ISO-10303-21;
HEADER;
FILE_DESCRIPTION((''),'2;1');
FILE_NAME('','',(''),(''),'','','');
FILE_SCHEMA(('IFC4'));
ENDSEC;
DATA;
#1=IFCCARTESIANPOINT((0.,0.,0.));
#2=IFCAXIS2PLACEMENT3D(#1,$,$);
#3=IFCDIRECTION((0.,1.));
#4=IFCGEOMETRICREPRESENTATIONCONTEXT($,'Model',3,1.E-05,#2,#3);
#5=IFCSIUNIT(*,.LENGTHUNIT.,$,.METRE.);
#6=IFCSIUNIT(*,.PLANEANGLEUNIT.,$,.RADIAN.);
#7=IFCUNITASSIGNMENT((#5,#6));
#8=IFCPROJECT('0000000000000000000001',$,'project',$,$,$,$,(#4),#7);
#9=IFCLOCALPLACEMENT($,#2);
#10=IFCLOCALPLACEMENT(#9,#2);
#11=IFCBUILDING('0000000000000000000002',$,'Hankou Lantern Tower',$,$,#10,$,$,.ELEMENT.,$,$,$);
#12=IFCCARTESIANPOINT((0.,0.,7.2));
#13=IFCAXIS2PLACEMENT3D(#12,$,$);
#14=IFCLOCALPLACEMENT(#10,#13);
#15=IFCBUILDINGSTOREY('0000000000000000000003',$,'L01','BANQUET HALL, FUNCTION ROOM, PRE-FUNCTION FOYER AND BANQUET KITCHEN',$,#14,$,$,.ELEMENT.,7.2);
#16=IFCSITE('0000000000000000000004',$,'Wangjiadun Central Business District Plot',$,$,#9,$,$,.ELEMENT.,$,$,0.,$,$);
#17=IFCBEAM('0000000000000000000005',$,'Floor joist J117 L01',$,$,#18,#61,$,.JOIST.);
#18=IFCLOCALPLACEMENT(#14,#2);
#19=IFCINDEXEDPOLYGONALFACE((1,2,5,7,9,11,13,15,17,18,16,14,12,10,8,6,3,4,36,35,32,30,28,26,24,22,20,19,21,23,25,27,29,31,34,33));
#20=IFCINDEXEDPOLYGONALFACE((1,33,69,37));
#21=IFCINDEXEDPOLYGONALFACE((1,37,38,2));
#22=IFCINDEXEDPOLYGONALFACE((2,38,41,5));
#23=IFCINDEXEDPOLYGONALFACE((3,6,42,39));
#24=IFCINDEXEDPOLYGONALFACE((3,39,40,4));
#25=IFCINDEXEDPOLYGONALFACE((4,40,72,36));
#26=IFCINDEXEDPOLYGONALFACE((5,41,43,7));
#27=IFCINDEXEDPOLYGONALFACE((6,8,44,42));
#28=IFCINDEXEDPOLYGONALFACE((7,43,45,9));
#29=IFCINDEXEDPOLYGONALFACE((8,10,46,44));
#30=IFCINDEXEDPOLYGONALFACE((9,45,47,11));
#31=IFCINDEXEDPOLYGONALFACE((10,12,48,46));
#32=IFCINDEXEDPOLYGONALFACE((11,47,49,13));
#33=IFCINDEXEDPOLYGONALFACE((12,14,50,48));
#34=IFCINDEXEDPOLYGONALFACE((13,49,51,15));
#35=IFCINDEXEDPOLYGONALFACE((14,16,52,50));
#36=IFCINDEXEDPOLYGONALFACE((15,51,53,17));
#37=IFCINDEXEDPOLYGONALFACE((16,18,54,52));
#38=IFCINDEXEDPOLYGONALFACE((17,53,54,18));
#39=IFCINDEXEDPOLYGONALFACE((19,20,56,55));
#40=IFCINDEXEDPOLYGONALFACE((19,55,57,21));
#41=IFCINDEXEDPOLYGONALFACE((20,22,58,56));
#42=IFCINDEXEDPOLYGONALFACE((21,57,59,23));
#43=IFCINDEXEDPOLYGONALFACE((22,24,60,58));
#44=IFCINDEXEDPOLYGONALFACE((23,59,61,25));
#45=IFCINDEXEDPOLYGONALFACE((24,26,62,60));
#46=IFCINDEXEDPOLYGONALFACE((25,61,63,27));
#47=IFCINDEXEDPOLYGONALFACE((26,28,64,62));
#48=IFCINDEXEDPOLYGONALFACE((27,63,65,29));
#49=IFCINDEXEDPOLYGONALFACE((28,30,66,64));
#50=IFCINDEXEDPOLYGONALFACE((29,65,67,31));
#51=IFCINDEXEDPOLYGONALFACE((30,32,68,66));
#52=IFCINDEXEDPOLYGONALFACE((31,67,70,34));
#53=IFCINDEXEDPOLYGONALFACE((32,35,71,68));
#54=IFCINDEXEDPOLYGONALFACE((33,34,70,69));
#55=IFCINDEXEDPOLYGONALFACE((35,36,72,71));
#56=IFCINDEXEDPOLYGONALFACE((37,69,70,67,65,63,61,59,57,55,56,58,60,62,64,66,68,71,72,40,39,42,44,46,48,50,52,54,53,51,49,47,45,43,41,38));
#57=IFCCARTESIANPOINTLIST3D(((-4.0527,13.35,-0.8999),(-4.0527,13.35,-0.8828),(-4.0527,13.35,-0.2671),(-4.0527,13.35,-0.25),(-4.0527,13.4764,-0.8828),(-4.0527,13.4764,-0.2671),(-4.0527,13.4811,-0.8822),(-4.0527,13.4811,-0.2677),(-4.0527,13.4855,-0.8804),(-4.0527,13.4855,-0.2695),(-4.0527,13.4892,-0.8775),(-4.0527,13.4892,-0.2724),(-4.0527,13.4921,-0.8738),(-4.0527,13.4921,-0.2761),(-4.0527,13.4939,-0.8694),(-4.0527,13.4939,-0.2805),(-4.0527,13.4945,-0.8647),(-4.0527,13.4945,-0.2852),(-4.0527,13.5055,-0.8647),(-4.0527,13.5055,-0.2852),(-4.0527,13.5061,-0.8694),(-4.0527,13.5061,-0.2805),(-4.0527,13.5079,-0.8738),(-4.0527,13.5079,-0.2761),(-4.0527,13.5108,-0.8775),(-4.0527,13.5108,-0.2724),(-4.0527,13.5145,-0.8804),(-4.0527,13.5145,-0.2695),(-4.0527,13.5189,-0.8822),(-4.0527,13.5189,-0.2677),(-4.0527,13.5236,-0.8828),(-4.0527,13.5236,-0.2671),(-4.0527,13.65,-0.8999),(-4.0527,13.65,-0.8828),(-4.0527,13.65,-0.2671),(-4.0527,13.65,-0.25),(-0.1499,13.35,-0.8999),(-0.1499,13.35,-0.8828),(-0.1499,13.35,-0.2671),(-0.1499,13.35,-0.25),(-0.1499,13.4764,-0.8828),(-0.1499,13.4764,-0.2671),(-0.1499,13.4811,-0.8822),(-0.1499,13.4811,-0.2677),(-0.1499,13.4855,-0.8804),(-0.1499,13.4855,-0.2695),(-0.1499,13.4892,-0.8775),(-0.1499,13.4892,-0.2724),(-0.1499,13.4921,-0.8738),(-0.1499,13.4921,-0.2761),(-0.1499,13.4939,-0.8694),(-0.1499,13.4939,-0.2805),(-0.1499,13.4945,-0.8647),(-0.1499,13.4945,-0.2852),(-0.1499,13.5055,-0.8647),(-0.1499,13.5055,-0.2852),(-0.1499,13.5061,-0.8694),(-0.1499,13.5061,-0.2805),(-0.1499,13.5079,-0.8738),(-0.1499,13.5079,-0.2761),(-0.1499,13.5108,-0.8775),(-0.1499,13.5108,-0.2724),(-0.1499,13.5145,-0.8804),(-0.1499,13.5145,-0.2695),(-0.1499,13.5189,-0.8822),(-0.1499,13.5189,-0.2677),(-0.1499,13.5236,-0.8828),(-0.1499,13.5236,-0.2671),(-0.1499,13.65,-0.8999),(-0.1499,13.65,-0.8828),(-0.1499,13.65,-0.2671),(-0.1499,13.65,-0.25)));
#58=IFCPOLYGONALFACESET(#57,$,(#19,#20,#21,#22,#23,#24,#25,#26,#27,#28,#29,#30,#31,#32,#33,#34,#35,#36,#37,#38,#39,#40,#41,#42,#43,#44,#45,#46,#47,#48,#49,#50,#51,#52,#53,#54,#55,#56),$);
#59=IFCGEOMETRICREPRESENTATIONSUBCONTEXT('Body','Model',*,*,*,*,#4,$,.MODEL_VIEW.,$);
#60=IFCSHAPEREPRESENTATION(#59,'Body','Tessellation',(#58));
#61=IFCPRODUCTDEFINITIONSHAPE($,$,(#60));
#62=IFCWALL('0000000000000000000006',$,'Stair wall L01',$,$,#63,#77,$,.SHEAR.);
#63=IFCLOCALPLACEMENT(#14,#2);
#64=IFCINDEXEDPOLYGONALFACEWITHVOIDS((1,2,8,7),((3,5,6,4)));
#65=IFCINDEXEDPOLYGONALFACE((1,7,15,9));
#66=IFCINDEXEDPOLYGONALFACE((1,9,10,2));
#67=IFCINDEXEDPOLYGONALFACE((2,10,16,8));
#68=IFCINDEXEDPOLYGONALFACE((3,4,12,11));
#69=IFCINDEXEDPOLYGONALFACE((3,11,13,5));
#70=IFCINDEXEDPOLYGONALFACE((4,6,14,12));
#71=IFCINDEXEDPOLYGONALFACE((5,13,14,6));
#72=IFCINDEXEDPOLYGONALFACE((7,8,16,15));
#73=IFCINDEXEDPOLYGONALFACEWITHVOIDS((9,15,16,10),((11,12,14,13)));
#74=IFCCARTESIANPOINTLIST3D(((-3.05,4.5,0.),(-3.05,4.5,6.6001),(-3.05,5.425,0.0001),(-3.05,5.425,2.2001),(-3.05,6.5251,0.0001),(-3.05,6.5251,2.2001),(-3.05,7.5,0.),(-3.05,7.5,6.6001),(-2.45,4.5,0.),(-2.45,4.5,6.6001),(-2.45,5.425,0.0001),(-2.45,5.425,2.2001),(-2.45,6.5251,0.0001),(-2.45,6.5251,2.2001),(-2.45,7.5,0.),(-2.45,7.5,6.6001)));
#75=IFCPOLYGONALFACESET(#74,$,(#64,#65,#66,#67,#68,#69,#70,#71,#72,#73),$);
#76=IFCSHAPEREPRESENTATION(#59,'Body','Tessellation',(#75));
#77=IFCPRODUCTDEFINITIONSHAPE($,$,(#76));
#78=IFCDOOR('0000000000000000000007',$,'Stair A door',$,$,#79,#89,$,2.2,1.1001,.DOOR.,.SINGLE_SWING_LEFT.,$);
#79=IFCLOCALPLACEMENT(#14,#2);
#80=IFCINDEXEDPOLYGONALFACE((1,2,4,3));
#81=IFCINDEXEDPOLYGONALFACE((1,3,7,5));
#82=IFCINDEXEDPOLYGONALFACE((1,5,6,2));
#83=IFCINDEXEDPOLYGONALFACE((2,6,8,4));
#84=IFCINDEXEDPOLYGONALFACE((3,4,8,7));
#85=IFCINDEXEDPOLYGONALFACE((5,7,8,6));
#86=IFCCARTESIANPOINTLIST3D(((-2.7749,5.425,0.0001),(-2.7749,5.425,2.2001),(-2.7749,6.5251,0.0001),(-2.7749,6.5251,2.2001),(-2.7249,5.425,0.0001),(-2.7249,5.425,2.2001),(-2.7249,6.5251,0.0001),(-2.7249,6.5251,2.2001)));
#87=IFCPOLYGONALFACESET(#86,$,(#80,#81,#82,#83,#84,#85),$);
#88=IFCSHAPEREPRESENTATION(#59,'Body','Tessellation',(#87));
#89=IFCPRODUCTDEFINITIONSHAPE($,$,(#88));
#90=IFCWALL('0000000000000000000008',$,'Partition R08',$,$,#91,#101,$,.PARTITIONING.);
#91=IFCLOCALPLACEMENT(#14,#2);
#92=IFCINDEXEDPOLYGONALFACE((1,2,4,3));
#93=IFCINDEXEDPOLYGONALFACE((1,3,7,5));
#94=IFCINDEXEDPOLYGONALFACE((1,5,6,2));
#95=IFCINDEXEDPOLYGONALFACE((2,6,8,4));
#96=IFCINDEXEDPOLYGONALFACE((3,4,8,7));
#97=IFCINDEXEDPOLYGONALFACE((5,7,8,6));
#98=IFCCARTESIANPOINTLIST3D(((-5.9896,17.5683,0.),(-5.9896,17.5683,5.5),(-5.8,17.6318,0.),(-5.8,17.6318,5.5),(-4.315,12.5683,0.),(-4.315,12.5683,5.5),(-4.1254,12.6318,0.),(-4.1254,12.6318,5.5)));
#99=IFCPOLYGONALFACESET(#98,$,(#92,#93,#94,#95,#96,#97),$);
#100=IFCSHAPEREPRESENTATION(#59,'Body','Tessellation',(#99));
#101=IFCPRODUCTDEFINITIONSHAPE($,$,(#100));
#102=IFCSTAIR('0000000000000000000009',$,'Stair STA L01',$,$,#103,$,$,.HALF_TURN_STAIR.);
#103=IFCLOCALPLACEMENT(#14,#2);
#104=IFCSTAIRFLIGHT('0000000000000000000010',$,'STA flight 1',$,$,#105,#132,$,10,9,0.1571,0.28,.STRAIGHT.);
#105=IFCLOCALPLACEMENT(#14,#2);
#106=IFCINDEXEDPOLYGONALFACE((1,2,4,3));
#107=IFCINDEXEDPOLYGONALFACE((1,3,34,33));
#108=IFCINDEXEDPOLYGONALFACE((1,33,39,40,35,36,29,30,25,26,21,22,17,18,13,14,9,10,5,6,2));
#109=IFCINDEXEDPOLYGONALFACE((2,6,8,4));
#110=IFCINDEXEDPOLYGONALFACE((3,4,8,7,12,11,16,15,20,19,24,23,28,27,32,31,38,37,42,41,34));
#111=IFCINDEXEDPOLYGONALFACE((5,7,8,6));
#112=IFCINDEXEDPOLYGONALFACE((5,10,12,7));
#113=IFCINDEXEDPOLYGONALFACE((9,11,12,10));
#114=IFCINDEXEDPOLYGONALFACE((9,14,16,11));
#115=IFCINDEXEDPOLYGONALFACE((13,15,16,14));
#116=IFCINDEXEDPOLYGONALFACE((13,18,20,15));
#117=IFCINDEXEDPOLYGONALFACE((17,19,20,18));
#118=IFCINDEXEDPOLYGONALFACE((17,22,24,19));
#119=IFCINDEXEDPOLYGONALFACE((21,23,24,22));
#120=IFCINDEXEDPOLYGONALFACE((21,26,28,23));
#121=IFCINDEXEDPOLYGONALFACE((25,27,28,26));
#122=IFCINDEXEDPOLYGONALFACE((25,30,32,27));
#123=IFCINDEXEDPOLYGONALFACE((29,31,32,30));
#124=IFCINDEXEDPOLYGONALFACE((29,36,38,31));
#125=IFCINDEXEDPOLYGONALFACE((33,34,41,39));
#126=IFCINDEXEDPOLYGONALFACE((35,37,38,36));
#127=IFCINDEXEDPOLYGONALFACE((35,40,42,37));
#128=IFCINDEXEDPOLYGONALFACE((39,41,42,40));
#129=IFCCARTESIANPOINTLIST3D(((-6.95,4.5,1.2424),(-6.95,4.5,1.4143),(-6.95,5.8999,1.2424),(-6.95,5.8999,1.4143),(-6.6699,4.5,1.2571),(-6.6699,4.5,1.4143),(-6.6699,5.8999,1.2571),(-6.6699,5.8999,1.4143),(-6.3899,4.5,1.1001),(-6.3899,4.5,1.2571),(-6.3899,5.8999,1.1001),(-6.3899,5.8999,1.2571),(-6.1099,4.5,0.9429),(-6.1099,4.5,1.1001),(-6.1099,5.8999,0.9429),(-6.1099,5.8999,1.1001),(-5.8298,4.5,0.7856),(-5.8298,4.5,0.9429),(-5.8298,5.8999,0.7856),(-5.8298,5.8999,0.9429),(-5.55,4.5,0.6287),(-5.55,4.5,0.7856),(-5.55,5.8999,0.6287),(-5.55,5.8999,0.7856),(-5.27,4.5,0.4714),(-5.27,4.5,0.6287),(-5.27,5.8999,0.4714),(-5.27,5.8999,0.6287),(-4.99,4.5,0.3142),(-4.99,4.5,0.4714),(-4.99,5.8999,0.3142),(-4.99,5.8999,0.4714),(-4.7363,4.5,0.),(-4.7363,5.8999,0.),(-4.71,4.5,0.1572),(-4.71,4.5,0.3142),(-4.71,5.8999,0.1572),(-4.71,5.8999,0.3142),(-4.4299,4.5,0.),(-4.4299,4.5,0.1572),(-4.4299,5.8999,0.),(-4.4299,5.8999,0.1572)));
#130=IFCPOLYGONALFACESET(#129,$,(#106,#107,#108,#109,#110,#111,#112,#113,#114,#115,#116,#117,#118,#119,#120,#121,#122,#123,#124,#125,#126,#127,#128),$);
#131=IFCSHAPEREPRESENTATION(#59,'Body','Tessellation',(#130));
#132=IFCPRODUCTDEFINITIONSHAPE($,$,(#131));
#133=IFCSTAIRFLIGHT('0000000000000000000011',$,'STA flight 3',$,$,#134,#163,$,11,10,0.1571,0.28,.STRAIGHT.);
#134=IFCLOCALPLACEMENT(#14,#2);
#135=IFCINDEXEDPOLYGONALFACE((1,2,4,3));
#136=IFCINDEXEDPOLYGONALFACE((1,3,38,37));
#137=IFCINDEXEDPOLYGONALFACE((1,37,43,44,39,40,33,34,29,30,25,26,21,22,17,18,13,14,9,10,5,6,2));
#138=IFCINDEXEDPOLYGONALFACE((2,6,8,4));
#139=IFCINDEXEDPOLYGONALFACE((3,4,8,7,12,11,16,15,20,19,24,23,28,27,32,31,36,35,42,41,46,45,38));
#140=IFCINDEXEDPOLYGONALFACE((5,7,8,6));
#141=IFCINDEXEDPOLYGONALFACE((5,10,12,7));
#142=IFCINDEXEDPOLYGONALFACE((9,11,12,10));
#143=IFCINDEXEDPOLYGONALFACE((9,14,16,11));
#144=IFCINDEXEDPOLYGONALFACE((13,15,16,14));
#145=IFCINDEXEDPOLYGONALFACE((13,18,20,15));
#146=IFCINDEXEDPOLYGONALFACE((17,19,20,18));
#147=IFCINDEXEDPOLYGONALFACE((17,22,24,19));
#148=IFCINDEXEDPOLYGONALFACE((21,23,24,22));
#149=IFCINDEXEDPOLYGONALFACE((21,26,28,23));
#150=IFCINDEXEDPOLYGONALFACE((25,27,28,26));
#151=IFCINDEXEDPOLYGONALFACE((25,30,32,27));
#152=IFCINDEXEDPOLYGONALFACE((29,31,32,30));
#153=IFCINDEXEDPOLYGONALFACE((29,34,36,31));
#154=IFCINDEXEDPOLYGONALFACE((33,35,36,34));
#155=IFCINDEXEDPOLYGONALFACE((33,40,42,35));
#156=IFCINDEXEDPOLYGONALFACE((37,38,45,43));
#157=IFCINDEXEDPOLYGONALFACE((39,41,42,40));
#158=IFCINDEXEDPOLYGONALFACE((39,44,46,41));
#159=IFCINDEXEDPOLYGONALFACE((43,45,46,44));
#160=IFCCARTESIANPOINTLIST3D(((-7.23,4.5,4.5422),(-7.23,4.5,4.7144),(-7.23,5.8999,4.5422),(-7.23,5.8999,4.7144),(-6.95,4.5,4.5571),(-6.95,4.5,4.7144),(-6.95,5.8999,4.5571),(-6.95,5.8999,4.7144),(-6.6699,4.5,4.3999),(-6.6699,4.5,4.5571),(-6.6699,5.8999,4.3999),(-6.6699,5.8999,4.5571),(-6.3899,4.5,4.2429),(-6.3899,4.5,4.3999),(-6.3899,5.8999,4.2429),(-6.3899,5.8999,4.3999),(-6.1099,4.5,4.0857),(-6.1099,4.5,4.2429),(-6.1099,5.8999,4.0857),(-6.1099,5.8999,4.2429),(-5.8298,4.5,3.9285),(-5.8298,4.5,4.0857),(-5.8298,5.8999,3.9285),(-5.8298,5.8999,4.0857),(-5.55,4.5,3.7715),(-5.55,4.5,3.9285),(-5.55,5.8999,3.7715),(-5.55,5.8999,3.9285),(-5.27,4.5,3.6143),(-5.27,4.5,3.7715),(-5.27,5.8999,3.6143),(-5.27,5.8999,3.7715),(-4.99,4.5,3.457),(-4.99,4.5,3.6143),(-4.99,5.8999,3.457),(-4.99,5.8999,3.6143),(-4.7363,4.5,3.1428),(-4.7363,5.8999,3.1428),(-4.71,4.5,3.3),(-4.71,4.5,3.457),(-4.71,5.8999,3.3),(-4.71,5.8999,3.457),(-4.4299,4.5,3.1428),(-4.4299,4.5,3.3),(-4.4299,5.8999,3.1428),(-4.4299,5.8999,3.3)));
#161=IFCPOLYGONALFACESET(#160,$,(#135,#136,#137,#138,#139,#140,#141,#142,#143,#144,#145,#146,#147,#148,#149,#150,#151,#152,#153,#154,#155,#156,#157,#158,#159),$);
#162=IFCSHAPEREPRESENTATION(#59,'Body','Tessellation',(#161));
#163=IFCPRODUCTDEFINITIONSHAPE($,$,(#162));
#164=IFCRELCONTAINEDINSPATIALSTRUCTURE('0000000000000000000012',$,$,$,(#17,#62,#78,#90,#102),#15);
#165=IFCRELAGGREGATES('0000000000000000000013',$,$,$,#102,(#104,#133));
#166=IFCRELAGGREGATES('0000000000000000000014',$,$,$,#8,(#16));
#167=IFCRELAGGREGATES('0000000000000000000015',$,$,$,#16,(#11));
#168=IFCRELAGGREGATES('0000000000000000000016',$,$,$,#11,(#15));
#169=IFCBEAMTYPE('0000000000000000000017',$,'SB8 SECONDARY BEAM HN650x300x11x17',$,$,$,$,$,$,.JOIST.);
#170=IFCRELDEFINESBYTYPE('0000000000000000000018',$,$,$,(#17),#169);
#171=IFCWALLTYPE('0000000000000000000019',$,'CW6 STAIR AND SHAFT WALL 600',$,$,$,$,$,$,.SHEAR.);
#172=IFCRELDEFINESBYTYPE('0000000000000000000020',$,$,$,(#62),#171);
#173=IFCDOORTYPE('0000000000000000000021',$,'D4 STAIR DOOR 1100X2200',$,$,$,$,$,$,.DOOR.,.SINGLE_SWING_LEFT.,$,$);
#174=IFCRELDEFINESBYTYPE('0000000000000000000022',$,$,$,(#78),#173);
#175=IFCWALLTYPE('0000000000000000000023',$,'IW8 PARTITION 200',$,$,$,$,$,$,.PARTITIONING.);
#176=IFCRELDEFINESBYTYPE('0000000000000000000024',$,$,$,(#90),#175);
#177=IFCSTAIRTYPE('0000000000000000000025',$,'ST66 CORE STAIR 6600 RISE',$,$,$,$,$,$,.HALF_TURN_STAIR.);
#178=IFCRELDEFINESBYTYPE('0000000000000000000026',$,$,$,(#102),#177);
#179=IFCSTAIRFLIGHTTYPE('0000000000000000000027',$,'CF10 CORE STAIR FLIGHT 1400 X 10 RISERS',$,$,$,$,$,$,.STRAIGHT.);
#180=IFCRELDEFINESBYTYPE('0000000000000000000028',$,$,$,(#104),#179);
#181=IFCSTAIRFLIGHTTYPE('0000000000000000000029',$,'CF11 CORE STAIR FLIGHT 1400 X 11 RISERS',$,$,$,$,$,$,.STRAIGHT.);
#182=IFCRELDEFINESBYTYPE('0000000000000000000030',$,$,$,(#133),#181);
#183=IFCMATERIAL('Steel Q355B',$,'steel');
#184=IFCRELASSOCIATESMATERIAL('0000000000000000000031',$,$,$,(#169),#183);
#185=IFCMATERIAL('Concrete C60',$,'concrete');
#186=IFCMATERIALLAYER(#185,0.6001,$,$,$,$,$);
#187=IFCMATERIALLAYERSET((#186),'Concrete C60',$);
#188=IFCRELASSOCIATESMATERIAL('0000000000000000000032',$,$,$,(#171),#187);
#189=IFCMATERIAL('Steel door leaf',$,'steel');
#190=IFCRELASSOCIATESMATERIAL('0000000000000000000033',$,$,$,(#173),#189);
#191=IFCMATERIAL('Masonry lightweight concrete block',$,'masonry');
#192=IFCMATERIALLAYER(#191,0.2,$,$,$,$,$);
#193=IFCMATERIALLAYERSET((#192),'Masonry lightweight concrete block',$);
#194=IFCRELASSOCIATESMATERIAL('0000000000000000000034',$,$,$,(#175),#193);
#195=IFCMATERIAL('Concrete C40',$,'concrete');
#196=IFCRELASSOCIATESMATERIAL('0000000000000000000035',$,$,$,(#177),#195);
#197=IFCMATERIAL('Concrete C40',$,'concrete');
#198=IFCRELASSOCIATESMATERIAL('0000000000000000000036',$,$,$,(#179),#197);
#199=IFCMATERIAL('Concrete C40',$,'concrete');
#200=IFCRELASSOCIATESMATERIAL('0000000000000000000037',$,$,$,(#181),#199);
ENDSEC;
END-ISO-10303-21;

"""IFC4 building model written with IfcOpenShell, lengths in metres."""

from ifc_helpers import new_model, si_unit, direction, frame, frame_2d, origin, origin_2d, place, context, subcontext, project, spatial, polyline, rectangle, i_section, outline, extrude, material, layer, layer_set, material_profile, profile_set, type_object, element, fill, aggregate, save


model = new_model("IFC4")

# Units and contexts
model_context = context("Model", 3, precision=1e-05, world=origin(), true_north=direction((0.0, 1.0)))
body_context = subcontext(model_context, "Body", "Model", "MODEL_VIEW")
ifc_project = project(units=[si_unit("LENGTHUNIT", "METRE"), si_unit("PLANEANGLEUNIT", "RADIAN")], contexts=[model_context])

# Site, building, storey
site_placement = place(None, origin())
site = spatial("IfcSite", under=ifc_project, at=site_placement, Name="Wangjiadun Central Business District Plot", CompositionType="ELEMENT", RefElevation=0.0)
building_placement = place(site_placement, origin())
building = spatial("IfcBuilding", under=site, at=building_placement, Name="Hankou Lantern Tower", CompositionType="ELEMENT")
storey_placement = place(building_placement, frame((0.0, 0.0, 7.2)))
storey = spatial("IfcBuildingStorey", under=building, at=storey_placement, Name="L01", Description="BANQUET HALL, FUNCTION ROOM, PRE-FUNCTION FOYER AND BANQUET KITCHEN", CompositionType="ELEMENT", Elevation=7.2)

# Beam
ifc_material_1 = material(Name="Steel Q355B", Category="steel")
ifc_material_profile_1 = material_profile(ifc_material_1, i_section(OverallWidth=0.3, OverallDepth=0.6499, WebThickness=0.011, FlangeThickness=0.0171, FilletRadius=0.0181, at=origin_2d()), Name="HN650x300x11x17")
ifc_profile_set_1 = profile_set([ifc_material_profile_1], Name="Steel Q355B")
beam_type_1 = type_object("IfcBeamType", Name="SB8 SECONDARY BEAM HN650x300x11x17", PredefinedType="JOIST", material=ifc_profile_set_1)
beam_1_placement = place(storey_placement, frame((-4.0527, 13.5, -0.575), z_axis=(1.0, 0.0, 0.0), x_axis=(0.0, 1.0, 0.0)))
element("IfcBeam", 1, at=beam_1_placement, inside=storey, type_object=beam_type_1, Name="Floor joist J117 L01", PredefinedType="JOIST", context=body_context, shape_type="SweptSolid", body=[
    extrude(i_section(OverallWidth=0.3, OverallDepth=0.6499, WebThickness=0.011, FlangeThickness=0.0171, FilletRadius=0.0181, at=origin_2d()), origin(), (0.0, 0.0, 1.0), 3.9028),
])

# Wall, opening, door
ifc_material_2 = material(Name="Concrete C60", Category="concrete")
ifc_layer_1 = layer(ifc_material_2, 0.6001)
ifc_layer_set_1 = layer_set([ifc_layer_1], Name="Concrete C60")
wall_type_1 = type_object("IfcWallType", Name="CW6 STAIR AND SHAFT WALL 600", PredefinedType="SHEAR", material=ifc_layer_set_1)
wall_1_placement = place(storey_placement, frame((-2.75, 4.5, 0.0), z_axis=(0.0, 0.0, 1.0), x_axis=(0.0, 1.0, 0.0)))
wall_1 = element("IfcWall", 2, at=wall_1_placement, inside=storey, type_object=wall_type_1, Name="Stair wall L01", PredefinedType="SHEAR", context=body_context, shape_type="SweptSolid", body=[
    extrude(rectangle(XDim=3.0, YDim=0.6001, at=frame_2d((1.5, 0.0))), origin(), (0.0, 0.0, 1.0), 6.6001),
])
opening_placement = place(wall_1_placement, frame((0.925, 0.0, 0.0)))
opening = element("IfcOpeningElement", 3, at=opening_placement, cuts=wall_1, PredefinedType="OPENING", context=body_context, shape_type="SweptSolid", body=[
    extrude(rectangle(XDim=1.1001, YDim=2.2, at=frame_2d((0.55, 1.1001))), frame((0.0, 0.3101, 0.0), z_axis=(0.0, -1.0, 0.0), x_axis=(1.0, 0.0, 0.0)), (0.0, 0.0, 1.0), 0.6201),
])
ifc_material_3 = material(Name="Steel door leaf", Category="steel")
door_type = type_object("IfcDoorType", Name="D4 STAIR DOOR 1100X2200", OperationType="SINGLE_SWING_LEFT", PredefinedType="DOOR", material=ifc_material_3)
door_placement = place(opening_placement, origin())
door = element("IfcDoor", 4, at=door_placement, inside=storey, type_object=door_type, Name="Stair A door", OperationType="SINGLE_SWING_LEFT", OverallHeight=2.2, OverallWidth=1.1001, PredefinedType="DOOR", context=body_context, shape_type="SweptSolid", body=[
    extrude(rectangle(XDim=1.1001, YDim=2.2, at=frame_2d((0.55, 1.1001))), frame((0.0, 0.0249, 0.0), z_axis=(0.0, -1.0, 0.0), x_axis=(1.0, 0.0, 0.0)), (0.0, 0.0, 1.0), 0.05),
])
fill(opening, door)

# Wall
ifc_material_4 = material(Name="Masonry lightweight concrete block", Category="masonry")
ifc_layer_2 = layer(ifc_material_4, 0.2)
ifc_layer_set_2 = layer_set([ifc_layer_2], Name="Masonry lightweight concrete block")
wall_type_2 = type_object("IfcWallType", Name="IW8 PARTITION 200", PredefinedType="PARTITIONING", material=ifc_layer_set_2)
wall_2_placement = place(storey_placement, frame((-4.2202, 12.6001, 0.0), z_axis=(0.0, 0.0, 1.0), x_axis=(-0.317575, 0.948233, 0.0)))
element("IfcWall", 5, at=wall_2_placement, inside=storey, type_object=wall_type_2, Name="Partition R08", PredefinedType="PARTITIONING", context=body_context, shape_type="SweptSolid", body=[
    extrude(rectangle(XDim=5.2729, YDim=0.2, at=frame_2d((2.6365, 0.0))), origin(), (0.0, 0.0, 1.0), 5.5),
])

# Stair, stair flights
ifc_material_5 = material(Name="Concrete C40", Category="concrete")
stair_type = type_object("IfcStairType", Name="ST66 CORE STAIR 6600 RISE", PredefinedType="HALF_TURN_STAIR", material=ifc_material_5)
stair_placement = place(storey_placement, origin())
stair = element("IfcStair", 6, at=stair_placement, inside=storey, type_object=stair_type, Name="Stair STA L01", PredefinedType="HALF_TURN_STAIR")
ifc_material_6 = material(Name="Concrete C40", Category="concrete")
stair_flight_type_1 = type_object("IfcStairFlightType", Name="CF10 CORE STAIR FLIGHT 1400 X 10 RISERS", PredefinedType="STRAIGHT", material=ifc_material_6)
stair_flight_1_placement = place(storey_placement, frame((-4.4299, 5.2, 0.0), z_axis=(0.0, 0.0, 1.0), x_axis=(-1.0, 0.0, 0.0)))
stair_flight_1 = element("IfcStairFlight", 7, at=stair_flight_1_placement, type_object=stair_flight_type_1, Name="STA flight 1", NumberOfRisers=10, NumberOfTreads=9, PredefinedType="STRAIGHT", RiserHeight=0.1571, TreadLength=0.28, context=body_context, shape_type="SweptSolid", body=[
    extrude(outline(polyline([(0.0, 0.0), (0.0, 0.1572), (0.28, 0.1572), (0.28, 0.3142), (0.5601, 0.3142), (0.5601, 0.4714), (0.8401, 0.4714), (0.8401, 0.6287), (1.1201, 0.6287), (1.1201, 0.7856), (1.3999, 0.7856), (1.3999, 0.9429), (1.6799, 0.9429), (1.6799, 1.1001), (1.96, 1.1001), (1.96, 1.2571), (2.24, 1.2571), (2.24, 1.4143), (2.52, 1.4143), (2.52, 1.5715), (2.52, 1.2424), (0.3064, 0.0), (0.0, 0.0)])), frame((0.0, 0.7, 0.0), z_axis=(0.0, -1.0, 0.0), x_axis=(1.0, 0.0, 0.0)), (0.0, 0.0, 1.0), 1.3999),
])
ifc_material_7 = material(Name="Concrete C40", Category="concrete")
stair_flight_type_2 = type_object("IfcStairFlightType", Name="CF11 CORE STAIR FLIGHT 1400 X 11 RISERS", PredefinedType="STRAIGHT", material=ifc_material_7)
stair_flight_2_placement = place(storey_placement, frame((-4.4299, 5.2, 3.1428), z_axis=(0.0, 0.0, 1.0), x_axis=(-1.0, 0.0, 0.0)))
stair_flight_2 = element("IfcStairFlight", 8, at=stair_flight_2_placement, type_object=stair_flight_type_2, Name="STA flight 3", NumberOfRisers=11, NumberOfTreads=10, PredefinedType="STRAIGHT", RiserHeight=0.1571, TreadLength=0.28, context=body_context, shape_type="SweptSolid", body=[
    extrude(outline(polyline([(0.0, 0.0), (0.0, 0.1572), (0.28, 0.1572), (0.28, 0.3142), (0.5601, 0.3142), (0.5601, 0.4714), (0.8401, 0.4714), (0.8401, 0.6287), (1.1201, 0.6287), (1.1201, 0.7856), (1.3999, 0.7856), (1.3999, 0.9429), (1.6799, 0.9429), (1.6799, 1.1001), (1.96, 1.1001), (1.96, 1.2571), (2.24, 1.2571), (2.24, 1.4143), (2.52, 1.4143), (2.52, 1.5715), (2.8, 1.5715), (2.8, 1.7285), (2.8, 1.3994), (0.3064, 0.0), (0.0, 0.0)])), frame((0.0, 0.7, 0.0), z_axis=(0.0, -1.0, 0.0), x_axis=(1.0, 0.0, 0.0)), (0.0, 0.0, 1.0), 1.3999),
])
aggregate(stair, [stair_flight_1, stair_flight_2])

save(model, "model.ifc")
